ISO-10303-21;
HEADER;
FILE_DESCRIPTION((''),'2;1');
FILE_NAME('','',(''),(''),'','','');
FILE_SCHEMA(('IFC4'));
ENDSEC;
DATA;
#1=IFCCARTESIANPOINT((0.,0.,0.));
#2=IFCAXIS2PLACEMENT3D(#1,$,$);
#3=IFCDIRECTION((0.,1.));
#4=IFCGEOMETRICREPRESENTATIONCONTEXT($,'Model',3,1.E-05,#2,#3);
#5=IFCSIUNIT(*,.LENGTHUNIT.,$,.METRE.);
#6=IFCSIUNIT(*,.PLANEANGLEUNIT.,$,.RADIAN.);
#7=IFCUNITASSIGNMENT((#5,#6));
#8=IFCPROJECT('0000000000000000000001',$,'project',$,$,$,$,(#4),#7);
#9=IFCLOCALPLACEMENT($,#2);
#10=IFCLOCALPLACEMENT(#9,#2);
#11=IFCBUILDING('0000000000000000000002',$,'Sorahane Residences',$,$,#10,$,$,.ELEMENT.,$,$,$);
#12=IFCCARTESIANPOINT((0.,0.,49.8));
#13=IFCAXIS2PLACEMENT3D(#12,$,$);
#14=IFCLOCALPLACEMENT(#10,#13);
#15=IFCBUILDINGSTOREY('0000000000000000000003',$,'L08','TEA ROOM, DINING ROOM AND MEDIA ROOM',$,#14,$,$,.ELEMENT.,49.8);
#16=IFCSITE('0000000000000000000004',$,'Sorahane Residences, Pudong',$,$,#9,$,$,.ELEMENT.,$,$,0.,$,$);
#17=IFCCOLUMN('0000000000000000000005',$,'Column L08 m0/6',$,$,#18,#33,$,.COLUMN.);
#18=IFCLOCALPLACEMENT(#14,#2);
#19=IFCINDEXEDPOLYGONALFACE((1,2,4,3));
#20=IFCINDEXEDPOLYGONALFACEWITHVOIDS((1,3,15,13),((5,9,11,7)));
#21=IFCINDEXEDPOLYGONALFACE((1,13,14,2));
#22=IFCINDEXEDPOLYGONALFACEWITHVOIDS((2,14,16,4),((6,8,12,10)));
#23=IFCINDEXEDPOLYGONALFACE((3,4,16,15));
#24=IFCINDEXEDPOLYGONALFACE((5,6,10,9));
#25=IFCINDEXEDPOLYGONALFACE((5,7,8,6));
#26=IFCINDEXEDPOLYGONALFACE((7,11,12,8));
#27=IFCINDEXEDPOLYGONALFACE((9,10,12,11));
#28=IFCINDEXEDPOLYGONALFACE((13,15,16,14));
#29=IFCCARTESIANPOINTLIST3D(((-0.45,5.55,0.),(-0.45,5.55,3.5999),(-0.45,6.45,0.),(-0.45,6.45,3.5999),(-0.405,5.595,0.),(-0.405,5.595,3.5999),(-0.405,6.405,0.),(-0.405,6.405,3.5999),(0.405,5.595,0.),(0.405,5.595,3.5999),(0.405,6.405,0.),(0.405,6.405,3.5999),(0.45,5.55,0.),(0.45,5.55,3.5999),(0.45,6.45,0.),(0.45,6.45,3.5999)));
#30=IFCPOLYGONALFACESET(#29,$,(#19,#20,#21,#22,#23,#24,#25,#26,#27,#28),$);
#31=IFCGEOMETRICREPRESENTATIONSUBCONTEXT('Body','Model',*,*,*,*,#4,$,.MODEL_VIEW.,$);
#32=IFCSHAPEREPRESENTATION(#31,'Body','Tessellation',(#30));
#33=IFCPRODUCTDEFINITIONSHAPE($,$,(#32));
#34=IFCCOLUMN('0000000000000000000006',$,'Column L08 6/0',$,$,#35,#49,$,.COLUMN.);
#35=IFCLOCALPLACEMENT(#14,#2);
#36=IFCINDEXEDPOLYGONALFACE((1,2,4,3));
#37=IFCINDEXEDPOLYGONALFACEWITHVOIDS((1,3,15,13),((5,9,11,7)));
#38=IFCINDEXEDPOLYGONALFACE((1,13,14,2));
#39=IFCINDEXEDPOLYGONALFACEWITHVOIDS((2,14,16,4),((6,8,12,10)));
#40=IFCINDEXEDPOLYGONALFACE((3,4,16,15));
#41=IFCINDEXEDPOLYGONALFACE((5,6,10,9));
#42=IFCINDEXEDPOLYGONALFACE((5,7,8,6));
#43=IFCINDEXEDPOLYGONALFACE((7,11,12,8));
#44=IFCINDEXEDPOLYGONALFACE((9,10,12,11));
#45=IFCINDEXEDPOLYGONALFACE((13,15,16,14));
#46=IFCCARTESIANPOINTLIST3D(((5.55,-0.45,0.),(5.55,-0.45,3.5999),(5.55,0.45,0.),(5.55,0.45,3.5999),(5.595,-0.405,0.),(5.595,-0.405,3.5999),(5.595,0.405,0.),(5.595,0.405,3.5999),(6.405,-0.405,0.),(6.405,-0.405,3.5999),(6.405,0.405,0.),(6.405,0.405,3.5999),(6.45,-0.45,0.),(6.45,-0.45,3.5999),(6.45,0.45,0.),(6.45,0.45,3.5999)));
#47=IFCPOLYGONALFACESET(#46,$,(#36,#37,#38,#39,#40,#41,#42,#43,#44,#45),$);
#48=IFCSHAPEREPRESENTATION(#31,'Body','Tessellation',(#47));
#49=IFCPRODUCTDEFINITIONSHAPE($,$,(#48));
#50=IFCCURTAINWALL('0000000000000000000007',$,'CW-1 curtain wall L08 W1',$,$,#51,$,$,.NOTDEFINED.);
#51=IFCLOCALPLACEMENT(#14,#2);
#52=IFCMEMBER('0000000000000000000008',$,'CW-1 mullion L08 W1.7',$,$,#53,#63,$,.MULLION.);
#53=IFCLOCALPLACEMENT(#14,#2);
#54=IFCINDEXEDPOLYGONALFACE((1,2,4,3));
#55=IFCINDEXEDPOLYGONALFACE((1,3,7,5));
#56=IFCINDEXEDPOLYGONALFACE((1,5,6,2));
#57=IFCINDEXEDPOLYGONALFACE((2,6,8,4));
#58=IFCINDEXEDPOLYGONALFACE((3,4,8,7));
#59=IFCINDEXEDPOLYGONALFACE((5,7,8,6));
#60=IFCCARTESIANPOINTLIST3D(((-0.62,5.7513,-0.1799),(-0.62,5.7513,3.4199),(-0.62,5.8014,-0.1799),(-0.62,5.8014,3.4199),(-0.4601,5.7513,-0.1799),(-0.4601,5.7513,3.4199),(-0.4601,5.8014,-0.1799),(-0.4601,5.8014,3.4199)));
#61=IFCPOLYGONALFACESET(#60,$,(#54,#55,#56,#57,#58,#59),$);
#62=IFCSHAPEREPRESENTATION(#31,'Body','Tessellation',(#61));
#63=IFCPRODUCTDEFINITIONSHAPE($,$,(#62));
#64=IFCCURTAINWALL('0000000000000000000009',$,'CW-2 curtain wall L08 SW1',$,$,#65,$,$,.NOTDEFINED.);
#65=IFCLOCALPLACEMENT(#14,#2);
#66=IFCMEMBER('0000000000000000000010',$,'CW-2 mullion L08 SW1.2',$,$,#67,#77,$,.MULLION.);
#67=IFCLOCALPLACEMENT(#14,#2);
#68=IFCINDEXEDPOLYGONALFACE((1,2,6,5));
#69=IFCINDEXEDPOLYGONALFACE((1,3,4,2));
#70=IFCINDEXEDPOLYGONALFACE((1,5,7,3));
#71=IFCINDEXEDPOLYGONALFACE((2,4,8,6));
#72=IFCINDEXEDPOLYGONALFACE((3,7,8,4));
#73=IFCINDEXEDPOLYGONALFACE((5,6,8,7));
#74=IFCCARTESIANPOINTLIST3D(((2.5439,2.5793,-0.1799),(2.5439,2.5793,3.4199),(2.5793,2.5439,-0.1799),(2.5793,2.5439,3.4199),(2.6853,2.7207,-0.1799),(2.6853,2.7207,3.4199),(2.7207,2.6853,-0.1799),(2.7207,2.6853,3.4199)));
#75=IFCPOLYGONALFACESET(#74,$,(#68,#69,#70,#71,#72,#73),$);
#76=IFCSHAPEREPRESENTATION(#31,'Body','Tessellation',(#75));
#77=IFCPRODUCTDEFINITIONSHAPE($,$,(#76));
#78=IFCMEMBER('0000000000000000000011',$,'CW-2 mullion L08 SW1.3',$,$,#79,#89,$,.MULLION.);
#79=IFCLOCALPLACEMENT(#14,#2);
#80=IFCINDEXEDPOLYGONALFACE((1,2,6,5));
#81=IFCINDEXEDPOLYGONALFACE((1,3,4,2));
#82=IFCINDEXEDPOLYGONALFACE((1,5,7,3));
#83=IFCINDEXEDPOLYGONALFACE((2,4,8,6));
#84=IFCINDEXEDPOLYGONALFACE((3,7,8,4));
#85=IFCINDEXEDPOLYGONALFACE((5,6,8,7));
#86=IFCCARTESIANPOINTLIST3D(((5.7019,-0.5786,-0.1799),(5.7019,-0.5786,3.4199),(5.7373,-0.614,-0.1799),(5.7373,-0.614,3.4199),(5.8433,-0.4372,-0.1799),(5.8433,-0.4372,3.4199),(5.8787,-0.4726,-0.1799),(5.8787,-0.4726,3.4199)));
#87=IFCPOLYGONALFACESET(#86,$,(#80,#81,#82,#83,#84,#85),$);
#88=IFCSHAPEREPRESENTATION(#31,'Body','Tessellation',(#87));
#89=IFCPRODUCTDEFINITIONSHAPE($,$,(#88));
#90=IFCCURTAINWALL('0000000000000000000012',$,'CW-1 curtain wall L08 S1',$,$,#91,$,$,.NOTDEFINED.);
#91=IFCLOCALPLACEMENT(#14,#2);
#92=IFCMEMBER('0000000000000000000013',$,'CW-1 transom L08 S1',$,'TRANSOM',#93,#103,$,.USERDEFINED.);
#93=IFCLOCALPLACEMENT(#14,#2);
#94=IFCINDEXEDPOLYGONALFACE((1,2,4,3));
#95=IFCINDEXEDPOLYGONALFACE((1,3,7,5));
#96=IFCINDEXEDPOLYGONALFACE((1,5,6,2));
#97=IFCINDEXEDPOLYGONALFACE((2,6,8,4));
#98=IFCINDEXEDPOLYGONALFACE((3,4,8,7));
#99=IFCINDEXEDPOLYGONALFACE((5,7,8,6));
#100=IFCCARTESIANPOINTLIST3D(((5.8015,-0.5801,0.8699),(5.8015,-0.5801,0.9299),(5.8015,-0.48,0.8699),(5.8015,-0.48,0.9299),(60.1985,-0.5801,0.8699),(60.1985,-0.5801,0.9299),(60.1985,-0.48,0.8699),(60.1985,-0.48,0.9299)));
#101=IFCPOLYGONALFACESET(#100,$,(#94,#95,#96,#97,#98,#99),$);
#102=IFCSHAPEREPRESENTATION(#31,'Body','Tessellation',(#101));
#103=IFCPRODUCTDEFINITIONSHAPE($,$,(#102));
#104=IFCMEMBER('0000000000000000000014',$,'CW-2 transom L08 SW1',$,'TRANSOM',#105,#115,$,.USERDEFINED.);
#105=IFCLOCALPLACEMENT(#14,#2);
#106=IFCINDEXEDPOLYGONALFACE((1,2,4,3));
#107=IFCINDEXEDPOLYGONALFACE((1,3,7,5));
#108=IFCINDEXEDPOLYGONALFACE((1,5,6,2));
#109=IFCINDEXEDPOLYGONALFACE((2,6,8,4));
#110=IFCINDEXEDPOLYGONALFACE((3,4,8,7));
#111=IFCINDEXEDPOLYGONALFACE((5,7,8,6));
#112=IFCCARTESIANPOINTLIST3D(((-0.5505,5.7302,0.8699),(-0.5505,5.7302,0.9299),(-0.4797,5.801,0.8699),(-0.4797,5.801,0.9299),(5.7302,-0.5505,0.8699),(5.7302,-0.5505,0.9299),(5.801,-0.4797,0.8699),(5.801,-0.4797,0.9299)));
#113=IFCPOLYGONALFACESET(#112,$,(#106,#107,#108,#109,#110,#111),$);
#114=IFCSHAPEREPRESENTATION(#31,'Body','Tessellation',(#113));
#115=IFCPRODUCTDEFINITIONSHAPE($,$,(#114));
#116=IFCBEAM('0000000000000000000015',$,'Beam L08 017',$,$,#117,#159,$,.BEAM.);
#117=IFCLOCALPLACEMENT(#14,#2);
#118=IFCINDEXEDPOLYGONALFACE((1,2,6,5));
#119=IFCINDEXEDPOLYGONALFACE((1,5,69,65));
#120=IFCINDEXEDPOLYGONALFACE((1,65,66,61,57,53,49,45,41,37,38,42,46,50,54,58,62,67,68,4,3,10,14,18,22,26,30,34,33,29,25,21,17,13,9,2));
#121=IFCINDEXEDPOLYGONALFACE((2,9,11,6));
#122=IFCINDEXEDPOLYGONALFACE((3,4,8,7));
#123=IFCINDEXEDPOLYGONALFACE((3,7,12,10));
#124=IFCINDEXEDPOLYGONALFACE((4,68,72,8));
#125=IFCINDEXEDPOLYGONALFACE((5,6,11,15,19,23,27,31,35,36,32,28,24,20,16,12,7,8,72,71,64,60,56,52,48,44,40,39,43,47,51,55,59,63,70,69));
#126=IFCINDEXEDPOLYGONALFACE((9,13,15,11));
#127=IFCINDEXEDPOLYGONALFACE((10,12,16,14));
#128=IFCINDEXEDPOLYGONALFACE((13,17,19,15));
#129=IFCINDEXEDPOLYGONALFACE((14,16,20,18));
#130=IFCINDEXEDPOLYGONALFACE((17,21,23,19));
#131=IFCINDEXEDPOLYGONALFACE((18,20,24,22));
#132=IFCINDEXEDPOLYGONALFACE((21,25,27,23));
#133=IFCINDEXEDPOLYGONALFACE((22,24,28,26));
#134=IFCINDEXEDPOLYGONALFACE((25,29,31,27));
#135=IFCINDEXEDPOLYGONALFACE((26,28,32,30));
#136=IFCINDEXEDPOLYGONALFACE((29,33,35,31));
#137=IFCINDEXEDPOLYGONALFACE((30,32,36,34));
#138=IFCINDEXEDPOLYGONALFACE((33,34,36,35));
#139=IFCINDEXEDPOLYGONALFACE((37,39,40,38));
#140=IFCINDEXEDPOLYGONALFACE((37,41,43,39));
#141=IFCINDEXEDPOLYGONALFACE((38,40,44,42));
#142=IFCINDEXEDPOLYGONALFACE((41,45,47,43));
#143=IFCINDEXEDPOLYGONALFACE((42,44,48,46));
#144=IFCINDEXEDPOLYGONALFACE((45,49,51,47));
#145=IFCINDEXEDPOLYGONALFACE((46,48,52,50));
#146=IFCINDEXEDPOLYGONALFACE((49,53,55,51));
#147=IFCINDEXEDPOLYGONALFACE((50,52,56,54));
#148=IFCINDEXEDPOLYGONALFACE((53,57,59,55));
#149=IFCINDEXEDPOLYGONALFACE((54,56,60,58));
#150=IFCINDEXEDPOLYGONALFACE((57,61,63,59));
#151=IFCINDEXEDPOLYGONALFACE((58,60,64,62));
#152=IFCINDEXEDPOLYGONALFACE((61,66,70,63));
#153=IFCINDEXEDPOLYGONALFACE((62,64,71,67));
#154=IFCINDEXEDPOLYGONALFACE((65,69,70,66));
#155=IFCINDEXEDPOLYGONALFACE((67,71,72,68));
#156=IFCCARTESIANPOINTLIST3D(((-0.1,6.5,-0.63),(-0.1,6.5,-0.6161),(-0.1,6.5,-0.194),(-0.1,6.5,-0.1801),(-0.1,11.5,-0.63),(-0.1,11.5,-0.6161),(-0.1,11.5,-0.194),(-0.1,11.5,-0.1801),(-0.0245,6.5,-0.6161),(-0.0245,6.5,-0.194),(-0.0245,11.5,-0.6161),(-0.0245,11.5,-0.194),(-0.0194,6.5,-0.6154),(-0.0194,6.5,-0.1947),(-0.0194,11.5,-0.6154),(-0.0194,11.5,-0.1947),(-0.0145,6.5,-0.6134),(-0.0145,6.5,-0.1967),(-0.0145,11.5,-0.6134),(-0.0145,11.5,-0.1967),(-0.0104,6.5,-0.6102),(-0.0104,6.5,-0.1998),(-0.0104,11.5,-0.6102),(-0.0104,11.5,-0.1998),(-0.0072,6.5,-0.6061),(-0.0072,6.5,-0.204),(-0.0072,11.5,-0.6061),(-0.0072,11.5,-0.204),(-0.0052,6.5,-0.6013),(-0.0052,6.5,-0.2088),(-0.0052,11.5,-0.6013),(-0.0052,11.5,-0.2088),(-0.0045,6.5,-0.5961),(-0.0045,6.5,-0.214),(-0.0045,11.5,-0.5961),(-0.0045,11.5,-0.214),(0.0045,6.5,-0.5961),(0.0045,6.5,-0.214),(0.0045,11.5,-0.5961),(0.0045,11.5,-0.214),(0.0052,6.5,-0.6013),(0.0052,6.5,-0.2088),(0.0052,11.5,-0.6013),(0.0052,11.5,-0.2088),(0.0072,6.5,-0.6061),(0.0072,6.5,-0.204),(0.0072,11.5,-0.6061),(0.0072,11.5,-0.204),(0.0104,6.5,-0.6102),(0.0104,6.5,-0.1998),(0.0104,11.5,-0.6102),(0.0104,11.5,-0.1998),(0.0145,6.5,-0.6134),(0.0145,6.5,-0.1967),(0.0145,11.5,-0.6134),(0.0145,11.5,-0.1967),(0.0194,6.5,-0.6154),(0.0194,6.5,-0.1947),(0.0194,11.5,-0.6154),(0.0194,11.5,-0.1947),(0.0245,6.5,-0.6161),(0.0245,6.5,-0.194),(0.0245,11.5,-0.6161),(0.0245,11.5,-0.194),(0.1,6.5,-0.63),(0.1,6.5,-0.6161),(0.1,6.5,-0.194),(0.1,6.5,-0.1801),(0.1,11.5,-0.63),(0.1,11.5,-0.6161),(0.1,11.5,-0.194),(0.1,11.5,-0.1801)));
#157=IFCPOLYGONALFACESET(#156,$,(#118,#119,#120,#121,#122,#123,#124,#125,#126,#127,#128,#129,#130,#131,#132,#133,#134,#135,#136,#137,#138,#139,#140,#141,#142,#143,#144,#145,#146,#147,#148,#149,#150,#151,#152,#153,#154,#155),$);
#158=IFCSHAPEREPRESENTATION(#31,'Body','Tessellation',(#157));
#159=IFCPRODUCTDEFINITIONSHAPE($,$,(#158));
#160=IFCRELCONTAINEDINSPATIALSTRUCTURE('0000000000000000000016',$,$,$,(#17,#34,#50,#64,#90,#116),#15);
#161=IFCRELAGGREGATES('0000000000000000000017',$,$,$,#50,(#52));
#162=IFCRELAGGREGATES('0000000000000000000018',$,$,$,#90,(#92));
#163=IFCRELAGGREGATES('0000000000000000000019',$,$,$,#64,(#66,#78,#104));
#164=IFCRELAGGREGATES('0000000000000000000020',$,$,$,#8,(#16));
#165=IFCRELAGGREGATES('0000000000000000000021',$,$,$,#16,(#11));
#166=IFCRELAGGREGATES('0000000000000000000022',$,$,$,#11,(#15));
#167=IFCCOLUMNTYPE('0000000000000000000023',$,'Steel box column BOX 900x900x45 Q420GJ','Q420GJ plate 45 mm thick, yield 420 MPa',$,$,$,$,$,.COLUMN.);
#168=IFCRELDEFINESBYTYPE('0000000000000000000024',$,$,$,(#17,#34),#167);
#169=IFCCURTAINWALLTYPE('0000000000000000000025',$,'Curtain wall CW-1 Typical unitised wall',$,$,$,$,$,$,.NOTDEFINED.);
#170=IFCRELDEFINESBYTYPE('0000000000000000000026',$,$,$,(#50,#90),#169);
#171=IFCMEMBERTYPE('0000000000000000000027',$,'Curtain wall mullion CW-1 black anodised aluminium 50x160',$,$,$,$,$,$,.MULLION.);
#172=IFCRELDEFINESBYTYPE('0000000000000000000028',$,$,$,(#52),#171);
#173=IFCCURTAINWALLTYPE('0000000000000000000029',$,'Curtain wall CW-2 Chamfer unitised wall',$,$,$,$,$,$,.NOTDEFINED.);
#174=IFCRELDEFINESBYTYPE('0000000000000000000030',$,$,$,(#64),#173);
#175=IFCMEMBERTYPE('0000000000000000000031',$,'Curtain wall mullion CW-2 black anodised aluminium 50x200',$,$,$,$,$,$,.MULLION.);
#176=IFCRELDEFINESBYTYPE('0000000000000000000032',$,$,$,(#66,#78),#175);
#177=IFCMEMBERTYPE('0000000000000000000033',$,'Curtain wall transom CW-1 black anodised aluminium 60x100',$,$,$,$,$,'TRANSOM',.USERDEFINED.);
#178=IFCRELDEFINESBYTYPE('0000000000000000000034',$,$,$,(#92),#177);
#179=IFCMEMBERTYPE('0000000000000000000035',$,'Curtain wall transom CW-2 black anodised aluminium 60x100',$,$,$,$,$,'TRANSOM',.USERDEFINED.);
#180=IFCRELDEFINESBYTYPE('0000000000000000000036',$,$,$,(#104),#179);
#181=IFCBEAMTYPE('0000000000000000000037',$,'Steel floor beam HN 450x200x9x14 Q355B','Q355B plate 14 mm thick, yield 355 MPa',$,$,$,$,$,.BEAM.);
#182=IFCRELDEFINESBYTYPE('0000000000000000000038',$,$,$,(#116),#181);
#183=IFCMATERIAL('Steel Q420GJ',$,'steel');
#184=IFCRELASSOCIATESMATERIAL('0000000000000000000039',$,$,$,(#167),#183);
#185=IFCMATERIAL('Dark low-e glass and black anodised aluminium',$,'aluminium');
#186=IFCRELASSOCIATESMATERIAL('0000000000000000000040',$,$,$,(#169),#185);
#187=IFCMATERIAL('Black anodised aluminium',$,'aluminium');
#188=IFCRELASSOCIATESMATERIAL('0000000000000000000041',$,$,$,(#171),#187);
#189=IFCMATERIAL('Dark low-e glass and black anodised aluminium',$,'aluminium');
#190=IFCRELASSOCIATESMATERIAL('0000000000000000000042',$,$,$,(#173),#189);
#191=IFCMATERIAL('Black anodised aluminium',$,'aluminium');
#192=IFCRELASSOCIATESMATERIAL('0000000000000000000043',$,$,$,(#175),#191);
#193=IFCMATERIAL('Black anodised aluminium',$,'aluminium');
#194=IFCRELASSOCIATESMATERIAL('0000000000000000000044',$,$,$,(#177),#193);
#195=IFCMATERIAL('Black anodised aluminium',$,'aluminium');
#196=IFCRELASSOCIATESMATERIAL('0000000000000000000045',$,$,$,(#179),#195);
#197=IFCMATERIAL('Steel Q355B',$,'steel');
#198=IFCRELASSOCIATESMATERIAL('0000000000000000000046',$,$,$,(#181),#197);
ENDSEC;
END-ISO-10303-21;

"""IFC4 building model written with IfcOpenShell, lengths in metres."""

from ifc_helpers import new_model, si_unit, direction, frame, origin, origin_2d, place, context, subcontext, project, spatial, rectangle, hollow_rectangle, i_section, extrude, material, material_profile, profile_set, type_object, element, aggregate, save


model = new_model("IFC4")

# Units and contexts
model_context = context("Model", 3, precision=1e-05, world=origin(), true_north=direction((0.0, 1.0)))
body_context = subcontext(model_context, "Body", "Model", "MODEL_VIEW")
ifc_project = project(units=[si_unit("LENGTHUNIT", "METRE"), si_unit("PLANEANGLEUNIT", "RADIAN")], contexts=[model_context])

# Site, building, storey
site_placement = place(None, origin())
site = spatial("IfcSite", under=ifc_project, at=site_placement, Name="Sorahane Residences, Pudong", CompositionType="ELEMENT", RefElevation=0.0)
building_placement = place(site_placement, origin())
building = spatial("IfcBuilding", under=site, at=building_placement, Name="Sorahane Residences", CompositionType="ELEMENT")
storey_placement = place(building_placement, frame((0.0, 0.0, 49.8)))
storey = spatial("IfcBuildingStorey", under=building, at=storey_placement, Name="L08", Description="TEA ROOM, DINING ROOM AND MEDIA ROOM", CompositionType="ELEMENT", Elevation=49.8)

# Columns
ifc_material_1 = material(Name="Steel Q420GJ", Category="steel")
ifc_material_profile_1 = material_profile(ifc_material_1, hollow_rectangle(XDim=0.8999, YDim=0.8999, WallThickness=0.0449, at=origin_2d()), Name="BOX 900x900x45")
ifc_profile_set_1 = profile_set([ifc_material_profile_1], Name="Steel Q420GJ")
column_type = type_object("IfcColumnType", Name="Steel box column BOX 900x900x45 Q420GJ", Description="Q420GJ plate 45 mm thick, yield 420 MPa", PredefinedType="COLUMN", material=ifc_profile_set_1)
for number, where, z_axis, x_axis, name in (
    (1, (0.0, 6.0, 0.0), (0.0, 0.0, 1.0), (1.0, 0.0, 0.0), "Column L08 m0/6"),
    (2, (6.0, 0.0, 0.0), (0.0, 0.0, 1.0), (1.0, 0.0, 0.0), "Column L08 6/0"),
):
    element("IfcColumn", number, at=place(storey_placement, frame(where, z_axis=z_axis, x_axis=x_axis)), inside=storey, type_object=column_type, Name=name, PredefinedType="COLUMN", context=body_context, shape_type="SweptSolid", body=[
        extrude(hollow_rectangle(XDim=0.8999, YDim=0.8999, WallThickness=0.0449, at=origin_2d()), origin(), (0.0, 0.0, 1.0), 3.5999),
    ])

# Curtain wall, member
ifc_material_2 = material(Name="Dark low-e glass and black anodised aluminium", Category="aluminium")
curtain_wall_type_1 = type_object("IfcCurtainWallType", Name="Curtain wall CW-1 Typical unitised wall", PredefinedType="NOTDEFINED", material=ifc_material_2)
curtain_wall_1_placement = place(storey_placement, origin())
curtain_wall_1 = element("IfcCurtainWall", 3, at=curtain_wall_1_placement, inside=storey, type_object=curtain_wall_type_1, Name="CW-1 curtain wall L08 W1", PredefinedType="NOTDEFINED")
ifc_material_3 = material(Name="Black anodised aluminium", Category="aluminium")
ifc_material_profile_2 = material_profile(ifc_material_3, rectangle(XDim=0.1599, YDim=0.05, at=origin_2d()), Name="Curtain wall mullion CW-1 black anodised aluminium 50x160")
ifc_profile_set_2 = profile_set([ifc_material_profile_2], Name="Black anodised aluminium")
member_type_1 = type_object("IfcMemberType", Name="Curtain wall mullion CW-1 black anodised aluminium 50x160", PredefinedType="MULLION", material=ifc_profile_set_2)
member_1_placement = place(storey_placement, frame((-0.54, 5.7764, -0.1799), z_axis=(0.0, 0.0, 1.0), x_axis=(-1.0, 0.0, 0.0)))
member_1 = element("IfcMember", 4, at=member_1_placement, type_object=member_type_1, Name="CW-1 mullion L08 W1.7", PredefinedType="MULLION", context=body_context, shape_type="SweptSolid", body=[
    extrude(rectangle(XDim=0.1599, YDim=0.05, at=origin_2d()), origin(), (0.0, 0.0, 1.0), 3.5999),
])
aggregate(curtain_wall_1, [member_1])

# Curtain wall, members
ifc_material_4 = material(Name="Dark low-e glass and black anodised aluminium", Category="aluminium")
curtain_wall_type_2 = type_object("IfcCurtainWallType", Name="Curtain wall CW-2 Chamfer unitised wall", PredefinedType="NOTDEFINED", material=ifc_material_4)
curtain_wall_2_placement = place(storey_placement, origin())
curtain_wall_2 = element("IfcCurtainWall", 5, at=curtain_wall_2_placement, inside=storey, type_object=curtain_wall_type_2, Name="CW-2 curtain wall L08 SW1", PredefinedType="NOTDEFINED")
ifc_material_5 = material(Name="Black anodised aluminium", Category="aluminium")
ifc_material_profile_3 = material_profile(ifc_material_5, rectangle(XDim=0.2, YDim=0.05, at=origin_2d()), Name="Curtain wall mullion CW-2 black anodised aluminium 50x200")
ifc_profile_set_3 = profile_set([ifc_material_profile_3], Name="Black anodised aluminium")
member_type_2 = type_object("IfcMemberType", Name="Curtain wall mullion CW-2 black anodised aluminium 50x200", PredefinedType="MULLION", material=ifc_profile_set_3)
member_2_placement = place(storey_placement, frame((2.6323, 2.6323, -0.1799), z_axis=(0.0, 0.0, 1.0), x_axis=(-0.707107, -0.707107, 0.0)))
member_2 = element("IfcMember", 6, at=member_2_placement, type_object=member_type_2, Name="CW-2 mullion L08 SW1.2", PredefinedType="MULLION", context=body_context, shape_type="SweptSolid", body=[
    extrude(rectangle(XDim=0.2, YDim=0.05, at=origin_2d()), origin(), (0.0, 0.0, 1.0), 3.5999),
])
member_3_placement = place(storey_placement, frame((5.7903, -0.5256, -0.1799), z_axis=(0.0, 0.0, 1.0), x_axis=(-0.707107, -0.707107, 0.0)))
member_3 = element("IfcMember", 7, at=member_3_placement, type_object=member_type_2, Name="CW-2 mullion L08 SW1.3", PredefinedType="MULLION", context=body_context, shape_type="SweptSolid", body=[
    extrude(rectangle(XDim=0.2, YDim=0.05, at=origin_2d()), origin(), (0.0, 0.0, 1.0), 3.5999),
])

# Curtain wall, member
curtain_wall_3_placement = place(storey_placement, origin())
curtain_wall_3 = element("IfcCurtainWall", 8, at=curtain_wall_3_placement, inside=storey, type_object=curtain_wall_type_1, Name="CW-1 curtain wall L08 S1", PredefinedType="NOTDEFINED")
ifc_material_6 = material(Name="Black anodised aluminium", Category="aluminium")
ifc_material_profile_4 = material_profile(ifc_material_6, rectangle(XDim=0.1001, YDim=0.0601, at=origin_2d()), Name="Curtain wall transom CW-1 black anodised aluminium 60x100")
ifc_profile_set_4 = profile_set([ifc_material_profile_4], Name="Black anodised aluminium")
member_type_3 = type_object("IfcMemberType", Name="Curtain wall transom CW-1 black anodised aluminium 60x100", ElementType="TRANSOM", PredefinedType="USERDEFINED", material=ifc_profile_set_4)
member_4_placement = place(storey_placement, frame((5.8015, -0.53, 0.8999), z_axis=(1.0, 0.0, 0.0), x_axis=(0.0, 1.0, 0.0)))
member_4 = element("IfcMember", 9, at=member_4_placement, type_object=member_type_3, Name="CW-1 transom L08 S1", ObjectType="TRANSOM", PredefinedType="USERDEFINED", context=body_context, shape_type="SweptSolid", body=[
    extrude(rectangle(XDim=0.1001, YDim=0.0601, at=origin_2d()), origin(), (0.0, 0.0, 1.0), 54.397),
])
aggregate(curtain_wall_3, [member_4])

# Member
ifc_material_7 = material(Name="Black anodised aluminium", Category="aluminium")
ifc_material_profile_5 = material_profile(ifc_material_7, rectangle(XDim=0.1001, YDim=0.0601, at=origin_2d()), Name="Curtain wall transom CW-2 black anodised aluminium 60x100")
ifc_profile_set_5 = profile_set([ifc_material_profile_5], Name="Black anodised aluminium")
member_type_4 = type_object("IfcMemberType", Name="Curtain wall transom CW-2 black anodised aluminium 60x100", ElementType="TRANSOM", PredefinedType="USERDEFINED", material=ifc_profile_set_5)
member_5_placement = place(storey_placement, frame((-0.5151, 5.7656, 0.8999), z_axis=(0.707107, -0.707107, 0.0), x_axis=(0.707107, 0.707107, 0.0)))
member_5 = element("IfcMember", 10, at=member_5_placement, type_object=member_type_4, Name="CW-2 transom L08 SW1", ObjectType="TRANSOM", PredefinedType="USERDEFINED", context=body_context, shape_type="SweptSolid", body=[
    extrude(rectangle(XDim=0.1001, YDim=0.0601, at=origin_2d()), origin(), (0.0, 0.0, 1.0), 8.8823),
])

# Beam
ifc_material_8 = material(Name="Steel Q355B", Category="steel")
ifc_material_profile_6 = material_profile(ifc_material_8, i_section(OverallWidth=0.2, OverallDepth=0.45, WebThickness=0.009, FlangeThickness=0.0139, FilletRadius=0.02, at=origin_2d()), Name="HN 450x200x9x14")
ifc_profile_set_6 = profile_set([ifc_material_profile_6], Name="Steel Q355B")
beam_type_1 = type_object("IfcBeamType", Name="Steel floor beam HN 450x200x9x14 Q355B", Description="Q355B plate 14 mm thick, yield 355 MPa", PredefinedType="BEAM", material=ifc_profile_set_6)
beam_1_placement = place(storey_placement, frame((0.0, 6.5, -0.405), z_axis=(0.0, 1.0, 0.0), x_axis=(-1.0, 0.0, 0.0)))
element("IfcBeam", 11, at=beam_1_placement, inside=storey, type_object=beam_type_1, Name="Beam L08 017", PredefinedType="BEAM", context=body_context, shape_type="SweptSolid", body=[
    extrude(i_section(OverallWidth=0.2, OverallDepth=0.45, WebThickness=0.009, FlangeThickness=0.0139, FilletRadius=0.02, at=origin_2d()), origin(), (0.0, 0.0, 1.0), 5.0),
])

aggregate(curtain_wall_2, [member_2, member_3, member_5])

save(model, "model.ifc")
